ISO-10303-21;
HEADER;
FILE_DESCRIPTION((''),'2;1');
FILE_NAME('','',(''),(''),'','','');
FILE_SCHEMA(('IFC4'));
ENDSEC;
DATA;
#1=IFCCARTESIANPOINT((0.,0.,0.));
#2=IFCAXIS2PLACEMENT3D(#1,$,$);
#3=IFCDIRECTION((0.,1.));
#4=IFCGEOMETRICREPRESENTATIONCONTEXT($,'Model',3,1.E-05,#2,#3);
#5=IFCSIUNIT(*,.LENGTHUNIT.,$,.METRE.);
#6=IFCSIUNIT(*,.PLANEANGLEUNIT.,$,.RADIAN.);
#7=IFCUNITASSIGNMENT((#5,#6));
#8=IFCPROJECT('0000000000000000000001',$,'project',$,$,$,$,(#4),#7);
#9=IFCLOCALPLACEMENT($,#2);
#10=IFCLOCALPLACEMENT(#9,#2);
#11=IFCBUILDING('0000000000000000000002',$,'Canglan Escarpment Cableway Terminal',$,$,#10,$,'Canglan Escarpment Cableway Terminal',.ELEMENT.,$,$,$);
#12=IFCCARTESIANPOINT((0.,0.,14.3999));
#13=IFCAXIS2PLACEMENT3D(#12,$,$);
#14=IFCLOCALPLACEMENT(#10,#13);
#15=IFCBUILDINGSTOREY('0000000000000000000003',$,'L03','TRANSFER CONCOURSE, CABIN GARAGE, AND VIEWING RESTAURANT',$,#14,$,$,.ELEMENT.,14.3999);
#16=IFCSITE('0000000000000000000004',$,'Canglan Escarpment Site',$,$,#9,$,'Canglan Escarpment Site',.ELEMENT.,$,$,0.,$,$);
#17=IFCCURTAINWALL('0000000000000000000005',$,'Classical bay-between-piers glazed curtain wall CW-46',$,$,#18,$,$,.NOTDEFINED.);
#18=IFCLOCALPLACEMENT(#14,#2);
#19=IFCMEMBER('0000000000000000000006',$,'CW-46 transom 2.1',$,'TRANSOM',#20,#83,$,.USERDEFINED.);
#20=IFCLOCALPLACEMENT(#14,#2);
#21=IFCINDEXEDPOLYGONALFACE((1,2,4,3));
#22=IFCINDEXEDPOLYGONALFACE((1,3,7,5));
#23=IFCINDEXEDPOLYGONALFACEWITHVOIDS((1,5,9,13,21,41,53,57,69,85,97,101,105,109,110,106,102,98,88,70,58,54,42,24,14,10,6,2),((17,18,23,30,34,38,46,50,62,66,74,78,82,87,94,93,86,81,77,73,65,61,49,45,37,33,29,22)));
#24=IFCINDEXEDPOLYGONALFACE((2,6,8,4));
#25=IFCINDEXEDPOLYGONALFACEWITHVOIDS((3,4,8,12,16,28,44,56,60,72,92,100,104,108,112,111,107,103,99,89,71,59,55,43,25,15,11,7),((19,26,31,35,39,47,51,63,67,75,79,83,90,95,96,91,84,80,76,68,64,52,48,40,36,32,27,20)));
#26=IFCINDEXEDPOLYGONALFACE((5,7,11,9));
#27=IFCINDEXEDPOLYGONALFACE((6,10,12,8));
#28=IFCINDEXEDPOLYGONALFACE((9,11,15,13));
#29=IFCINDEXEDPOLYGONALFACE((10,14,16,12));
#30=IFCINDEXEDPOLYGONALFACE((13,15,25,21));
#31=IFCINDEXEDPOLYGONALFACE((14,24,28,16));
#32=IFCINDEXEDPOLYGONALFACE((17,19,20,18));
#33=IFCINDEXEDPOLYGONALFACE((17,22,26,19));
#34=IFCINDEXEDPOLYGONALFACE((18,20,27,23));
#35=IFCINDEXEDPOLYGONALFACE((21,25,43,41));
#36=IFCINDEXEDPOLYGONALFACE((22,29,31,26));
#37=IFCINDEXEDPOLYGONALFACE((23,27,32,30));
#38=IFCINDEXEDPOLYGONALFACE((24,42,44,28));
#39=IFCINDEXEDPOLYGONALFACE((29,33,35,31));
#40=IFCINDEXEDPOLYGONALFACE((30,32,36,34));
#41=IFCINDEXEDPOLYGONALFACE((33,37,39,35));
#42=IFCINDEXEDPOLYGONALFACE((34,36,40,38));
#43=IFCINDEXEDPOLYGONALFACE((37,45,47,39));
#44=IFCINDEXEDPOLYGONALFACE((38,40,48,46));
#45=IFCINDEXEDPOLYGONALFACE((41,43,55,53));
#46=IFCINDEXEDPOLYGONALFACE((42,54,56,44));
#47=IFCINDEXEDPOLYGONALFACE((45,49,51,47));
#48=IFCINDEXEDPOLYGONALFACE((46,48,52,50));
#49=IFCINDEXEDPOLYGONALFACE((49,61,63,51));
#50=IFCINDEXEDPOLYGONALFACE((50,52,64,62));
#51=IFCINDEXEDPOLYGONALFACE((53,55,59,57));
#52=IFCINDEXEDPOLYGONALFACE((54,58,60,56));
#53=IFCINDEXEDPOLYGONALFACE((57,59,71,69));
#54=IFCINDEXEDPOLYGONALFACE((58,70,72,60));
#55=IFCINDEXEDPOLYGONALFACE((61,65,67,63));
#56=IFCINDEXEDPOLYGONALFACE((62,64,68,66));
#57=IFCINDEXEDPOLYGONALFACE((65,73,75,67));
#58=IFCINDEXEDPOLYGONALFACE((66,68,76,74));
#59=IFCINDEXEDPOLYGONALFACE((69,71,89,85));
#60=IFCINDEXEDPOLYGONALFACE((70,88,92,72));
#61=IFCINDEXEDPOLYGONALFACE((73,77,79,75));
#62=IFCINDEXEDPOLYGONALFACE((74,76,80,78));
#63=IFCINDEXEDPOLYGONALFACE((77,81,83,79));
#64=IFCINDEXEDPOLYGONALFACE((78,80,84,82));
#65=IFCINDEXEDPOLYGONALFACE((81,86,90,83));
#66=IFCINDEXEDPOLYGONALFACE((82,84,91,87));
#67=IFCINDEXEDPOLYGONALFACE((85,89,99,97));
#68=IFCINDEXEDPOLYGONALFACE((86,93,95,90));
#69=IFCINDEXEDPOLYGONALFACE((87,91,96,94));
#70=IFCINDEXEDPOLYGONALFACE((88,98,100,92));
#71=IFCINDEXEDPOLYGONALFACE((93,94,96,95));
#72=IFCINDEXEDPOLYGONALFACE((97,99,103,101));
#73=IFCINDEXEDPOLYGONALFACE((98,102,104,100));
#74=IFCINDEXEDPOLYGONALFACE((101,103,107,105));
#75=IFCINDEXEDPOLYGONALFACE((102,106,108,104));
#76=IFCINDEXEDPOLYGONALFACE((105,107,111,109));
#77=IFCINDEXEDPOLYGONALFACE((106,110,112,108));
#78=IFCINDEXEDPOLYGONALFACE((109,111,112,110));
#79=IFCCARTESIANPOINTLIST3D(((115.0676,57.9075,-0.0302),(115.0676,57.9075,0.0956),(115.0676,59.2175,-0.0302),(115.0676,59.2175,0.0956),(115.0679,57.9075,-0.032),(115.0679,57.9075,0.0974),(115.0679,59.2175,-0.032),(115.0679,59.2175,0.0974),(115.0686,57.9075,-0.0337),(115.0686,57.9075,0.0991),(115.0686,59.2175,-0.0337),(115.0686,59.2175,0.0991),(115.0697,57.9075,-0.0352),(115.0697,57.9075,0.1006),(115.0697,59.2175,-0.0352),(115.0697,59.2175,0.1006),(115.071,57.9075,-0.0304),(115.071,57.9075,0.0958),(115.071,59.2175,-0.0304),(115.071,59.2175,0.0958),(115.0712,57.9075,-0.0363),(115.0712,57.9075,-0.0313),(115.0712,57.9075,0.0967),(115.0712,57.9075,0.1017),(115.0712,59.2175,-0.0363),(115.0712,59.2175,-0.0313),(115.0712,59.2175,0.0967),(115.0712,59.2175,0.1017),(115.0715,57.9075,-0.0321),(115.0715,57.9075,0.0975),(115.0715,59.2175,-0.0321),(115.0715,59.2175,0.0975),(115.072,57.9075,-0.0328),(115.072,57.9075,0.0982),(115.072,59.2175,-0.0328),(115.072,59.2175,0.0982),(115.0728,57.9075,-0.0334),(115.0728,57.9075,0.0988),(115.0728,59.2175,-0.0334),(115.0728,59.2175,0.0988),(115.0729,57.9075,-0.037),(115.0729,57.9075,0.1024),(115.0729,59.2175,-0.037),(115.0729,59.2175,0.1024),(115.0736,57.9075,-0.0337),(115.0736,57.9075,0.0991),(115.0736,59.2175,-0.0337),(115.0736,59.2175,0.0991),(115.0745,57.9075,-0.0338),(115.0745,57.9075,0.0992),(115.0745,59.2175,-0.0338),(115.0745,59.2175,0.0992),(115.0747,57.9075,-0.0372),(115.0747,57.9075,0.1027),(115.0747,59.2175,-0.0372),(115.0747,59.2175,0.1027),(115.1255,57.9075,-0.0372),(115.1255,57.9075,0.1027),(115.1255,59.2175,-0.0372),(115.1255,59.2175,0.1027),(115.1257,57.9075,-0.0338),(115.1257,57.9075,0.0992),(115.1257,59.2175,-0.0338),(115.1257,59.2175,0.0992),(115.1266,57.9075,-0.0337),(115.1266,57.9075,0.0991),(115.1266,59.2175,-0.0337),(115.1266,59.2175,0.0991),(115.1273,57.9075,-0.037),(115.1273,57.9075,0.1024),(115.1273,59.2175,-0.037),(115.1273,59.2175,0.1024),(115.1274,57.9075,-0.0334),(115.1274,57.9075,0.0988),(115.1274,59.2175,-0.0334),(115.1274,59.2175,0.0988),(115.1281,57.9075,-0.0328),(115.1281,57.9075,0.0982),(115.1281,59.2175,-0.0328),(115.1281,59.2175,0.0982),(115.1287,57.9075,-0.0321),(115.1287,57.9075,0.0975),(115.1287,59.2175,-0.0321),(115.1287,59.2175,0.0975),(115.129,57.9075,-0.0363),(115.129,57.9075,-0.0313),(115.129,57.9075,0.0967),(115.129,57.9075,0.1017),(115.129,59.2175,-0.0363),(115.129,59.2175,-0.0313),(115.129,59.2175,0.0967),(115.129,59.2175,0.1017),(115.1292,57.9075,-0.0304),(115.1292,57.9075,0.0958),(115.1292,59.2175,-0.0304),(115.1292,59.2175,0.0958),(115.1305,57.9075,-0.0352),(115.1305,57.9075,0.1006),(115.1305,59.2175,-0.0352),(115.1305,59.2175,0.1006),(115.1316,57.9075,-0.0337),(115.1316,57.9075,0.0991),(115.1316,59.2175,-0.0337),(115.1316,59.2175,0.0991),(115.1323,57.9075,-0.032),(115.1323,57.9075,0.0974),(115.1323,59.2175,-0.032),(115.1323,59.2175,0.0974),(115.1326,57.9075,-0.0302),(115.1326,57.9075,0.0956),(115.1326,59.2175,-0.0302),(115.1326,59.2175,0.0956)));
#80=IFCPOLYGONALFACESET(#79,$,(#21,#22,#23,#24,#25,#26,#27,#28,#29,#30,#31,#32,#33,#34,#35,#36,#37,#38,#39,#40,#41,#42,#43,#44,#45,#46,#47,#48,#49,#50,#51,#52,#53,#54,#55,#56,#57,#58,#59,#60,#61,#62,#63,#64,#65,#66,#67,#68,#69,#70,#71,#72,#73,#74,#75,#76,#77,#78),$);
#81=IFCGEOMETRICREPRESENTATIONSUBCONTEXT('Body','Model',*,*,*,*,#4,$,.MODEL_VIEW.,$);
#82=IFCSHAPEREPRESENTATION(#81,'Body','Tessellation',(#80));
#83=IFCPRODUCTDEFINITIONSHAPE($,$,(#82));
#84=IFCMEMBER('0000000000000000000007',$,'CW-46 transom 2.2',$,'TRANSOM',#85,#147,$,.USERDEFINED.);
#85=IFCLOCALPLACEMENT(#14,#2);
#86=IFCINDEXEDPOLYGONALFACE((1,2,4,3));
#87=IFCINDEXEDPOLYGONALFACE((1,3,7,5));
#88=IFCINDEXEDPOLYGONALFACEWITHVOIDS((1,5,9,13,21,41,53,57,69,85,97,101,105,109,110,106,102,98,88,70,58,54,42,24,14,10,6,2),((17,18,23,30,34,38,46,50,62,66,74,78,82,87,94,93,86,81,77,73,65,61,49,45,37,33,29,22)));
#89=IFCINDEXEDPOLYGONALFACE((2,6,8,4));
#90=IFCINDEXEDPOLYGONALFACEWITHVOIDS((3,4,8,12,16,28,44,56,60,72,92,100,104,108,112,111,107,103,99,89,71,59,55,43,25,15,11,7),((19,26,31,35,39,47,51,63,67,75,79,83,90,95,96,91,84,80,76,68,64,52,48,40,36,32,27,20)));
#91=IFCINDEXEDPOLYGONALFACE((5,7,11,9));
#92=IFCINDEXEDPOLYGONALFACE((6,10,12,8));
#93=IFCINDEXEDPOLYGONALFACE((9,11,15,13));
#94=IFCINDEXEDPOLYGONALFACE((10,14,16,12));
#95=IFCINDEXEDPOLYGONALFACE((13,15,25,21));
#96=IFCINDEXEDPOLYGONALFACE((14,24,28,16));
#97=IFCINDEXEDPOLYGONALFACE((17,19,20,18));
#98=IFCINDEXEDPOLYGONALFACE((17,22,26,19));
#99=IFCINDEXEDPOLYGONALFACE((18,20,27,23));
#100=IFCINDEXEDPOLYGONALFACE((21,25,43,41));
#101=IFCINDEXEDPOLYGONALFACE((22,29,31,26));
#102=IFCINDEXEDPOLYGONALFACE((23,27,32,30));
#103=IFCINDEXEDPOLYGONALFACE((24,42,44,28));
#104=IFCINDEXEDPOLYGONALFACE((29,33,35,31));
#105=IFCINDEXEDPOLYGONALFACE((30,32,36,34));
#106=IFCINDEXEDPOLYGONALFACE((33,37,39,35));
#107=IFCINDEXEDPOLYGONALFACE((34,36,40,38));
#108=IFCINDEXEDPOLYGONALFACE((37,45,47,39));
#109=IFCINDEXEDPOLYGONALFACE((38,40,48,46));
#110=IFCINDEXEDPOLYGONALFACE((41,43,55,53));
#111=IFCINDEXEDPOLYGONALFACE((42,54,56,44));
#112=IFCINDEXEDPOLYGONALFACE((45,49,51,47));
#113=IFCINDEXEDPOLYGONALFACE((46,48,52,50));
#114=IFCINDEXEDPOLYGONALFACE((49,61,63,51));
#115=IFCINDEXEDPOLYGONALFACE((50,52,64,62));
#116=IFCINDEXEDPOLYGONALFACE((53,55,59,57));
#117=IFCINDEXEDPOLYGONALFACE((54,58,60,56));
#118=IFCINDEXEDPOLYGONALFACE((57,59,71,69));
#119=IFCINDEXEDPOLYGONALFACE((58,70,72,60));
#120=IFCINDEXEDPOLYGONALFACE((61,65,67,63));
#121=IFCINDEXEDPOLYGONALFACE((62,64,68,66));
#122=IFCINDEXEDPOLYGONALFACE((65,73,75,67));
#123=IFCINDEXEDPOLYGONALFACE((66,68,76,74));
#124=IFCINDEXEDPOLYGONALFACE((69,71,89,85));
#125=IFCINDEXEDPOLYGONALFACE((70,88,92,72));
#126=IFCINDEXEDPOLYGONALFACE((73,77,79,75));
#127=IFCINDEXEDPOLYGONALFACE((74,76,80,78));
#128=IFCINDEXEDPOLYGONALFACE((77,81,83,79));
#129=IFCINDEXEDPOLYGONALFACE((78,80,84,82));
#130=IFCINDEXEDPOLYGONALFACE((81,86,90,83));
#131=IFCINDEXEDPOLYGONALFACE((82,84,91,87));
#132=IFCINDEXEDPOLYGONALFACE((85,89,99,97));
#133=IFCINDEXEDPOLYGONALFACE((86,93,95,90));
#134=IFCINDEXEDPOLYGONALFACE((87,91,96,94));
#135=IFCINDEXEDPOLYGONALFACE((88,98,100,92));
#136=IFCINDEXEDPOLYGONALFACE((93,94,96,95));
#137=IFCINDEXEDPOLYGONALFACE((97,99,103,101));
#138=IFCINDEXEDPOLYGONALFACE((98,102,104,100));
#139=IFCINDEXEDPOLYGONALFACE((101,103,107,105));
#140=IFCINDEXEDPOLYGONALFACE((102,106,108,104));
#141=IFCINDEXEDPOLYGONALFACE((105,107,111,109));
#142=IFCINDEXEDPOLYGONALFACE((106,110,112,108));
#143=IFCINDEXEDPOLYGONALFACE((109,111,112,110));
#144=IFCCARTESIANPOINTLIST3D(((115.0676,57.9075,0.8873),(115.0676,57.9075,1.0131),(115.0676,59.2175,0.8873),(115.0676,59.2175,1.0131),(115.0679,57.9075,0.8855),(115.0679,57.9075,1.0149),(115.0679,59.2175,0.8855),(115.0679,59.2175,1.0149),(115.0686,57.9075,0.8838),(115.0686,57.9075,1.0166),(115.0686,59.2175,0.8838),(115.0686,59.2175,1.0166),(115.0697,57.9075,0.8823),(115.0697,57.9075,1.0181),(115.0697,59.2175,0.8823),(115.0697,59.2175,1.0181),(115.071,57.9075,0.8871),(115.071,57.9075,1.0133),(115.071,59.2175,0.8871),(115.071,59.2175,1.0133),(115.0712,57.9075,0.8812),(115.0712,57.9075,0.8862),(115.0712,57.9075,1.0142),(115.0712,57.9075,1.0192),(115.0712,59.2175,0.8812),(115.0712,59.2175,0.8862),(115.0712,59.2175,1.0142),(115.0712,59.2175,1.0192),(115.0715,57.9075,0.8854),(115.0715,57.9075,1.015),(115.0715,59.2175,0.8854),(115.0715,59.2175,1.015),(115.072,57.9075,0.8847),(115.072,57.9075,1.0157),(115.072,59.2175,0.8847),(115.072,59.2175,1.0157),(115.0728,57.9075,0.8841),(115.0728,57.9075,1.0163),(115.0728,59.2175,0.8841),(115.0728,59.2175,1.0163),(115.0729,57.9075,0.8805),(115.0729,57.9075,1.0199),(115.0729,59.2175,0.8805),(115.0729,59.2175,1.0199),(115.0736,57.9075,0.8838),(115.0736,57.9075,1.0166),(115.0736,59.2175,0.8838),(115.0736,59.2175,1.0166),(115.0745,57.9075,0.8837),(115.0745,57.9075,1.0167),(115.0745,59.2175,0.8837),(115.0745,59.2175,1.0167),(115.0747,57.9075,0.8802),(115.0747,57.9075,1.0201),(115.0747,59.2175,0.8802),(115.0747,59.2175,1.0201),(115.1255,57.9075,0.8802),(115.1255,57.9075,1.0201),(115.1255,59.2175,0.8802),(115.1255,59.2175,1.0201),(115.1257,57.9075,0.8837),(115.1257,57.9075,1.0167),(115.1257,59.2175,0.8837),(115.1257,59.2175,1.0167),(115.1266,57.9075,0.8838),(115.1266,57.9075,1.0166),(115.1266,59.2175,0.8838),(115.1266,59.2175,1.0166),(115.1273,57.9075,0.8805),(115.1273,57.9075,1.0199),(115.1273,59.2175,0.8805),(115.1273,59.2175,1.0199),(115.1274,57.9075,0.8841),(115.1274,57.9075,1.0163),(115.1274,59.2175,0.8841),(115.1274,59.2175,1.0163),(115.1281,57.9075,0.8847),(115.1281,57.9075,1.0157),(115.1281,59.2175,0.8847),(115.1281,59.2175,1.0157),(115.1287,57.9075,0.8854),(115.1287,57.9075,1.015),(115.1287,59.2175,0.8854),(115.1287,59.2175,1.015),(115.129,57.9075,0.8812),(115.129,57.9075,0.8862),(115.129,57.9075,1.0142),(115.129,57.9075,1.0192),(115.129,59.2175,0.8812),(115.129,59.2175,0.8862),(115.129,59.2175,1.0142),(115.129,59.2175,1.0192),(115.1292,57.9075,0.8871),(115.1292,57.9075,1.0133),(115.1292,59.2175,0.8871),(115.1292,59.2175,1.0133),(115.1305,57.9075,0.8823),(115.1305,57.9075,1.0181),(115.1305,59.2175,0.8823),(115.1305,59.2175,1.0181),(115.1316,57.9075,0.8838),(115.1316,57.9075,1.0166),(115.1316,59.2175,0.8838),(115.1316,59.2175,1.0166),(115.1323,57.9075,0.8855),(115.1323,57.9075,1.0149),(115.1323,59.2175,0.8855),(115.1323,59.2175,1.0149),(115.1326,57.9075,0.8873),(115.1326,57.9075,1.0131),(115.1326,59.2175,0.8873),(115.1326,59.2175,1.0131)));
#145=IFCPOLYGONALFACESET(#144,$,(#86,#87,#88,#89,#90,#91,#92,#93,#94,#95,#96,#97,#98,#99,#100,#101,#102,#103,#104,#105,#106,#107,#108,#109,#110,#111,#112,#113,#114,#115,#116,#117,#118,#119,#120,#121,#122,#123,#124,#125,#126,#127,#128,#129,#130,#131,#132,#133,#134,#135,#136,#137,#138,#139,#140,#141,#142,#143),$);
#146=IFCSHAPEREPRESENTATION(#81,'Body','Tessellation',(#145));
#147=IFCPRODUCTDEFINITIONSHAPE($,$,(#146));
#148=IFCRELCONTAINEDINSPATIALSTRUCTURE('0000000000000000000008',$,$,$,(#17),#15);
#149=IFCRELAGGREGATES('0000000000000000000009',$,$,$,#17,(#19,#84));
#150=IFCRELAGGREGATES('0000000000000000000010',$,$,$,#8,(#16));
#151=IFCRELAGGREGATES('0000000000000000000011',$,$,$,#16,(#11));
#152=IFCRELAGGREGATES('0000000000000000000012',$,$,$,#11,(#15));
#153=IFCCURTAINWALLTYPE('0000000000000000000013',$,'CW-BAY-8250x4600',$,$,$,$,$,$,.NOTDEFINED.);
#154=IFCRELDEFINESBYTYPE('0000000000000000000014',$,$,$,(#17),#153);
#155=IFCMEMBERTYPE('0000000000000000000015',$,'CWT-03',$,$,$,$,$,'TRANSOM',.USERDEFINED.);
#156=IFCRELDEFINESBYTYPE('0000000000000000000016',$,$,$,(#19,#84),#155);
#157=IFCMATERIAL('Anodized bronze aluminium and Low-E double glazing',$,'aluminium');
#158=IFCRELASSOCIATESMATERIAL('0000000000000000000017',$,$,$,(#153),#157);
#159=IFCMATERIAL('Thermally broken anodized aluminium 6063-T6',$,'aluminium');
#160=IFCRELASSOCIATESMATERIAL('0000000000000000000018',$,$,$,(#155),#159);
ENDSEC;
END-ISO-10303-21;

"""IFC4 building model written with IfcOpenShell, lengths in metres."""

from ifc_helpers import new_model, si_unit, direction, frame, origin, origin_2d, place, context, subcontext, project, spatial, hollow_rectangle, extrude, material, material_profile, profile_set, type_object, element, aggregate, save


model = new_model("IFC4")

# Units and contexts
model_context = context("Model", 3, precision=1e-05, world=origin(), true_north=direction((0.0, 1.0)))
body_context = subcontext(model_context, "Body", "Model", "MODEL_VIEW")
ifc_project = project(units=[si_unit("LENGTHUNIT", "METRE"), si_unit("PLANEANGLEUNIT", "RADIAN")], contexts=[model_context])

# Site, building, storey
site_placement = place(None, origin())
site = spatial("IfcSite", under=ifc_project, at=site_placement, Name="Canglan Escarpment Site", LongName="Canglan Escarpment Site", CompositionType="ELEMENT", RefElevation=0.0)
building_placement = place(site_placement, origin())
building = spatial("IfcBuilding", under=site, at=building_placement, Name="Canglan Escarpment Cableway Terminal", LongName="Canglan Escarpment Cableway Terminal", CompositionType="ELEMENT")
storey_placement = place(building_placement, frame((0.0, 0.0, 14.3999)))
storey = spatial("IfcBuildingStorey", under=building, at=storey_placement, Name="L03", Description="TRANSFER CONCOURSE, CABIN GARAGE, AND VIEWING RESTAURANT", CompositionType="ELEMENT", Elevation=14.3999)

# Curtain wall, members
ifc_material_1 = material(Name="Anodized bronze aluminium and Low-E double glazing", Category="aluminium")
curtain_wall_type = type_object("IfcCurtainWallType", Name="CW-BAY-8250x4600", PredefinedType="NOTDEFINED", material=ifc_material_1)
curtain_wall_placement = place(storey_placement, origin())
curtain_wall = element("IfcCurtainWall", 1, at=curtain_wall_placement, inside=storey, type_object=curtain_wall_type, Name="Classical bay-between-piers glazed curtain wall CW-46", PredefinedType="NOTDEFINED")
ifc_material_2 = material(Name="Thermally broken anodized aluminium 6063-T6", Category="aluminium")
ifc_material_profile_1 = material_profile(ifc_material_2, hollow_rectangle(XDim=0.0649, YDim=0.1399, WallThickness=0.0034, InnerFilletRadius=0.0034, OuterFilletRadius=0.0071, at=origin_2d()), Name="ALU-TRAN 65x140x3.5")
ifc_profile_set_1 = profile_set([ifc_material_profile_1], Name="Thermally broken anodized aluminium 6063-T6")
member_type_1 = type_object("IfcMemberType", Name="CWT-03", ElementType="TRANSOM", PredefinedType="USERDEFINED", material=ifc_profile_set_1)
member_1_placement = place(storey_placement, frame((115.1001, 59.2175, 0.0327), z_axis=(0.0, -1.0, 0.0), x_axis=(1.0, 0.0, 0.0)))
member_1 = element("IfcMember", 2, at=member_1_placement, type_object=member_type_1, Name="CW-46 transom 2.1", ObjectType="TRANSOM", PredefinedType="USERDEFINED", context=body_context, shape_type="SweptSolid", body=[
    extrude(hollow_rectangle(XDim=0.0649, YDim=0.1399, WallThickness=0.0034, InnerFilletRadius=0.0034, OuterFilletRadius=0.0071, at=origin_2d()), origin(), (0.0, 0.0, 1.0), 1.3101),
])
member_2_placement = place(storey_placement, frame((115.1001, 59.2175, 0.9502), z_axis=(0.0, -1.0, 0.0), x_axis=(1.0, 0.0, 0.0)))
member_2 = element("IfcMember", 3, at=member_2_placement, type_object=member_type_1, Name="CW-46 transom 2.2", ObjectType="TRANSOM", PredefinedType="USERDEFINED", context=body_context, shape_type="SweptSolid", body=[
    extrude(hollow_rectangle(XDim=0.0649, YDim=0.1399, WallThickness=0.0034, InnerFilletRadius=0.0034, OuterFilletRadius=0.0071, at=origin_2d()), origin(), (0.0, 0.0, 1.0), 1.3101),
])
aggregate(curtain_wall, [member_1, member_2])

save(model, "model.ifc")
